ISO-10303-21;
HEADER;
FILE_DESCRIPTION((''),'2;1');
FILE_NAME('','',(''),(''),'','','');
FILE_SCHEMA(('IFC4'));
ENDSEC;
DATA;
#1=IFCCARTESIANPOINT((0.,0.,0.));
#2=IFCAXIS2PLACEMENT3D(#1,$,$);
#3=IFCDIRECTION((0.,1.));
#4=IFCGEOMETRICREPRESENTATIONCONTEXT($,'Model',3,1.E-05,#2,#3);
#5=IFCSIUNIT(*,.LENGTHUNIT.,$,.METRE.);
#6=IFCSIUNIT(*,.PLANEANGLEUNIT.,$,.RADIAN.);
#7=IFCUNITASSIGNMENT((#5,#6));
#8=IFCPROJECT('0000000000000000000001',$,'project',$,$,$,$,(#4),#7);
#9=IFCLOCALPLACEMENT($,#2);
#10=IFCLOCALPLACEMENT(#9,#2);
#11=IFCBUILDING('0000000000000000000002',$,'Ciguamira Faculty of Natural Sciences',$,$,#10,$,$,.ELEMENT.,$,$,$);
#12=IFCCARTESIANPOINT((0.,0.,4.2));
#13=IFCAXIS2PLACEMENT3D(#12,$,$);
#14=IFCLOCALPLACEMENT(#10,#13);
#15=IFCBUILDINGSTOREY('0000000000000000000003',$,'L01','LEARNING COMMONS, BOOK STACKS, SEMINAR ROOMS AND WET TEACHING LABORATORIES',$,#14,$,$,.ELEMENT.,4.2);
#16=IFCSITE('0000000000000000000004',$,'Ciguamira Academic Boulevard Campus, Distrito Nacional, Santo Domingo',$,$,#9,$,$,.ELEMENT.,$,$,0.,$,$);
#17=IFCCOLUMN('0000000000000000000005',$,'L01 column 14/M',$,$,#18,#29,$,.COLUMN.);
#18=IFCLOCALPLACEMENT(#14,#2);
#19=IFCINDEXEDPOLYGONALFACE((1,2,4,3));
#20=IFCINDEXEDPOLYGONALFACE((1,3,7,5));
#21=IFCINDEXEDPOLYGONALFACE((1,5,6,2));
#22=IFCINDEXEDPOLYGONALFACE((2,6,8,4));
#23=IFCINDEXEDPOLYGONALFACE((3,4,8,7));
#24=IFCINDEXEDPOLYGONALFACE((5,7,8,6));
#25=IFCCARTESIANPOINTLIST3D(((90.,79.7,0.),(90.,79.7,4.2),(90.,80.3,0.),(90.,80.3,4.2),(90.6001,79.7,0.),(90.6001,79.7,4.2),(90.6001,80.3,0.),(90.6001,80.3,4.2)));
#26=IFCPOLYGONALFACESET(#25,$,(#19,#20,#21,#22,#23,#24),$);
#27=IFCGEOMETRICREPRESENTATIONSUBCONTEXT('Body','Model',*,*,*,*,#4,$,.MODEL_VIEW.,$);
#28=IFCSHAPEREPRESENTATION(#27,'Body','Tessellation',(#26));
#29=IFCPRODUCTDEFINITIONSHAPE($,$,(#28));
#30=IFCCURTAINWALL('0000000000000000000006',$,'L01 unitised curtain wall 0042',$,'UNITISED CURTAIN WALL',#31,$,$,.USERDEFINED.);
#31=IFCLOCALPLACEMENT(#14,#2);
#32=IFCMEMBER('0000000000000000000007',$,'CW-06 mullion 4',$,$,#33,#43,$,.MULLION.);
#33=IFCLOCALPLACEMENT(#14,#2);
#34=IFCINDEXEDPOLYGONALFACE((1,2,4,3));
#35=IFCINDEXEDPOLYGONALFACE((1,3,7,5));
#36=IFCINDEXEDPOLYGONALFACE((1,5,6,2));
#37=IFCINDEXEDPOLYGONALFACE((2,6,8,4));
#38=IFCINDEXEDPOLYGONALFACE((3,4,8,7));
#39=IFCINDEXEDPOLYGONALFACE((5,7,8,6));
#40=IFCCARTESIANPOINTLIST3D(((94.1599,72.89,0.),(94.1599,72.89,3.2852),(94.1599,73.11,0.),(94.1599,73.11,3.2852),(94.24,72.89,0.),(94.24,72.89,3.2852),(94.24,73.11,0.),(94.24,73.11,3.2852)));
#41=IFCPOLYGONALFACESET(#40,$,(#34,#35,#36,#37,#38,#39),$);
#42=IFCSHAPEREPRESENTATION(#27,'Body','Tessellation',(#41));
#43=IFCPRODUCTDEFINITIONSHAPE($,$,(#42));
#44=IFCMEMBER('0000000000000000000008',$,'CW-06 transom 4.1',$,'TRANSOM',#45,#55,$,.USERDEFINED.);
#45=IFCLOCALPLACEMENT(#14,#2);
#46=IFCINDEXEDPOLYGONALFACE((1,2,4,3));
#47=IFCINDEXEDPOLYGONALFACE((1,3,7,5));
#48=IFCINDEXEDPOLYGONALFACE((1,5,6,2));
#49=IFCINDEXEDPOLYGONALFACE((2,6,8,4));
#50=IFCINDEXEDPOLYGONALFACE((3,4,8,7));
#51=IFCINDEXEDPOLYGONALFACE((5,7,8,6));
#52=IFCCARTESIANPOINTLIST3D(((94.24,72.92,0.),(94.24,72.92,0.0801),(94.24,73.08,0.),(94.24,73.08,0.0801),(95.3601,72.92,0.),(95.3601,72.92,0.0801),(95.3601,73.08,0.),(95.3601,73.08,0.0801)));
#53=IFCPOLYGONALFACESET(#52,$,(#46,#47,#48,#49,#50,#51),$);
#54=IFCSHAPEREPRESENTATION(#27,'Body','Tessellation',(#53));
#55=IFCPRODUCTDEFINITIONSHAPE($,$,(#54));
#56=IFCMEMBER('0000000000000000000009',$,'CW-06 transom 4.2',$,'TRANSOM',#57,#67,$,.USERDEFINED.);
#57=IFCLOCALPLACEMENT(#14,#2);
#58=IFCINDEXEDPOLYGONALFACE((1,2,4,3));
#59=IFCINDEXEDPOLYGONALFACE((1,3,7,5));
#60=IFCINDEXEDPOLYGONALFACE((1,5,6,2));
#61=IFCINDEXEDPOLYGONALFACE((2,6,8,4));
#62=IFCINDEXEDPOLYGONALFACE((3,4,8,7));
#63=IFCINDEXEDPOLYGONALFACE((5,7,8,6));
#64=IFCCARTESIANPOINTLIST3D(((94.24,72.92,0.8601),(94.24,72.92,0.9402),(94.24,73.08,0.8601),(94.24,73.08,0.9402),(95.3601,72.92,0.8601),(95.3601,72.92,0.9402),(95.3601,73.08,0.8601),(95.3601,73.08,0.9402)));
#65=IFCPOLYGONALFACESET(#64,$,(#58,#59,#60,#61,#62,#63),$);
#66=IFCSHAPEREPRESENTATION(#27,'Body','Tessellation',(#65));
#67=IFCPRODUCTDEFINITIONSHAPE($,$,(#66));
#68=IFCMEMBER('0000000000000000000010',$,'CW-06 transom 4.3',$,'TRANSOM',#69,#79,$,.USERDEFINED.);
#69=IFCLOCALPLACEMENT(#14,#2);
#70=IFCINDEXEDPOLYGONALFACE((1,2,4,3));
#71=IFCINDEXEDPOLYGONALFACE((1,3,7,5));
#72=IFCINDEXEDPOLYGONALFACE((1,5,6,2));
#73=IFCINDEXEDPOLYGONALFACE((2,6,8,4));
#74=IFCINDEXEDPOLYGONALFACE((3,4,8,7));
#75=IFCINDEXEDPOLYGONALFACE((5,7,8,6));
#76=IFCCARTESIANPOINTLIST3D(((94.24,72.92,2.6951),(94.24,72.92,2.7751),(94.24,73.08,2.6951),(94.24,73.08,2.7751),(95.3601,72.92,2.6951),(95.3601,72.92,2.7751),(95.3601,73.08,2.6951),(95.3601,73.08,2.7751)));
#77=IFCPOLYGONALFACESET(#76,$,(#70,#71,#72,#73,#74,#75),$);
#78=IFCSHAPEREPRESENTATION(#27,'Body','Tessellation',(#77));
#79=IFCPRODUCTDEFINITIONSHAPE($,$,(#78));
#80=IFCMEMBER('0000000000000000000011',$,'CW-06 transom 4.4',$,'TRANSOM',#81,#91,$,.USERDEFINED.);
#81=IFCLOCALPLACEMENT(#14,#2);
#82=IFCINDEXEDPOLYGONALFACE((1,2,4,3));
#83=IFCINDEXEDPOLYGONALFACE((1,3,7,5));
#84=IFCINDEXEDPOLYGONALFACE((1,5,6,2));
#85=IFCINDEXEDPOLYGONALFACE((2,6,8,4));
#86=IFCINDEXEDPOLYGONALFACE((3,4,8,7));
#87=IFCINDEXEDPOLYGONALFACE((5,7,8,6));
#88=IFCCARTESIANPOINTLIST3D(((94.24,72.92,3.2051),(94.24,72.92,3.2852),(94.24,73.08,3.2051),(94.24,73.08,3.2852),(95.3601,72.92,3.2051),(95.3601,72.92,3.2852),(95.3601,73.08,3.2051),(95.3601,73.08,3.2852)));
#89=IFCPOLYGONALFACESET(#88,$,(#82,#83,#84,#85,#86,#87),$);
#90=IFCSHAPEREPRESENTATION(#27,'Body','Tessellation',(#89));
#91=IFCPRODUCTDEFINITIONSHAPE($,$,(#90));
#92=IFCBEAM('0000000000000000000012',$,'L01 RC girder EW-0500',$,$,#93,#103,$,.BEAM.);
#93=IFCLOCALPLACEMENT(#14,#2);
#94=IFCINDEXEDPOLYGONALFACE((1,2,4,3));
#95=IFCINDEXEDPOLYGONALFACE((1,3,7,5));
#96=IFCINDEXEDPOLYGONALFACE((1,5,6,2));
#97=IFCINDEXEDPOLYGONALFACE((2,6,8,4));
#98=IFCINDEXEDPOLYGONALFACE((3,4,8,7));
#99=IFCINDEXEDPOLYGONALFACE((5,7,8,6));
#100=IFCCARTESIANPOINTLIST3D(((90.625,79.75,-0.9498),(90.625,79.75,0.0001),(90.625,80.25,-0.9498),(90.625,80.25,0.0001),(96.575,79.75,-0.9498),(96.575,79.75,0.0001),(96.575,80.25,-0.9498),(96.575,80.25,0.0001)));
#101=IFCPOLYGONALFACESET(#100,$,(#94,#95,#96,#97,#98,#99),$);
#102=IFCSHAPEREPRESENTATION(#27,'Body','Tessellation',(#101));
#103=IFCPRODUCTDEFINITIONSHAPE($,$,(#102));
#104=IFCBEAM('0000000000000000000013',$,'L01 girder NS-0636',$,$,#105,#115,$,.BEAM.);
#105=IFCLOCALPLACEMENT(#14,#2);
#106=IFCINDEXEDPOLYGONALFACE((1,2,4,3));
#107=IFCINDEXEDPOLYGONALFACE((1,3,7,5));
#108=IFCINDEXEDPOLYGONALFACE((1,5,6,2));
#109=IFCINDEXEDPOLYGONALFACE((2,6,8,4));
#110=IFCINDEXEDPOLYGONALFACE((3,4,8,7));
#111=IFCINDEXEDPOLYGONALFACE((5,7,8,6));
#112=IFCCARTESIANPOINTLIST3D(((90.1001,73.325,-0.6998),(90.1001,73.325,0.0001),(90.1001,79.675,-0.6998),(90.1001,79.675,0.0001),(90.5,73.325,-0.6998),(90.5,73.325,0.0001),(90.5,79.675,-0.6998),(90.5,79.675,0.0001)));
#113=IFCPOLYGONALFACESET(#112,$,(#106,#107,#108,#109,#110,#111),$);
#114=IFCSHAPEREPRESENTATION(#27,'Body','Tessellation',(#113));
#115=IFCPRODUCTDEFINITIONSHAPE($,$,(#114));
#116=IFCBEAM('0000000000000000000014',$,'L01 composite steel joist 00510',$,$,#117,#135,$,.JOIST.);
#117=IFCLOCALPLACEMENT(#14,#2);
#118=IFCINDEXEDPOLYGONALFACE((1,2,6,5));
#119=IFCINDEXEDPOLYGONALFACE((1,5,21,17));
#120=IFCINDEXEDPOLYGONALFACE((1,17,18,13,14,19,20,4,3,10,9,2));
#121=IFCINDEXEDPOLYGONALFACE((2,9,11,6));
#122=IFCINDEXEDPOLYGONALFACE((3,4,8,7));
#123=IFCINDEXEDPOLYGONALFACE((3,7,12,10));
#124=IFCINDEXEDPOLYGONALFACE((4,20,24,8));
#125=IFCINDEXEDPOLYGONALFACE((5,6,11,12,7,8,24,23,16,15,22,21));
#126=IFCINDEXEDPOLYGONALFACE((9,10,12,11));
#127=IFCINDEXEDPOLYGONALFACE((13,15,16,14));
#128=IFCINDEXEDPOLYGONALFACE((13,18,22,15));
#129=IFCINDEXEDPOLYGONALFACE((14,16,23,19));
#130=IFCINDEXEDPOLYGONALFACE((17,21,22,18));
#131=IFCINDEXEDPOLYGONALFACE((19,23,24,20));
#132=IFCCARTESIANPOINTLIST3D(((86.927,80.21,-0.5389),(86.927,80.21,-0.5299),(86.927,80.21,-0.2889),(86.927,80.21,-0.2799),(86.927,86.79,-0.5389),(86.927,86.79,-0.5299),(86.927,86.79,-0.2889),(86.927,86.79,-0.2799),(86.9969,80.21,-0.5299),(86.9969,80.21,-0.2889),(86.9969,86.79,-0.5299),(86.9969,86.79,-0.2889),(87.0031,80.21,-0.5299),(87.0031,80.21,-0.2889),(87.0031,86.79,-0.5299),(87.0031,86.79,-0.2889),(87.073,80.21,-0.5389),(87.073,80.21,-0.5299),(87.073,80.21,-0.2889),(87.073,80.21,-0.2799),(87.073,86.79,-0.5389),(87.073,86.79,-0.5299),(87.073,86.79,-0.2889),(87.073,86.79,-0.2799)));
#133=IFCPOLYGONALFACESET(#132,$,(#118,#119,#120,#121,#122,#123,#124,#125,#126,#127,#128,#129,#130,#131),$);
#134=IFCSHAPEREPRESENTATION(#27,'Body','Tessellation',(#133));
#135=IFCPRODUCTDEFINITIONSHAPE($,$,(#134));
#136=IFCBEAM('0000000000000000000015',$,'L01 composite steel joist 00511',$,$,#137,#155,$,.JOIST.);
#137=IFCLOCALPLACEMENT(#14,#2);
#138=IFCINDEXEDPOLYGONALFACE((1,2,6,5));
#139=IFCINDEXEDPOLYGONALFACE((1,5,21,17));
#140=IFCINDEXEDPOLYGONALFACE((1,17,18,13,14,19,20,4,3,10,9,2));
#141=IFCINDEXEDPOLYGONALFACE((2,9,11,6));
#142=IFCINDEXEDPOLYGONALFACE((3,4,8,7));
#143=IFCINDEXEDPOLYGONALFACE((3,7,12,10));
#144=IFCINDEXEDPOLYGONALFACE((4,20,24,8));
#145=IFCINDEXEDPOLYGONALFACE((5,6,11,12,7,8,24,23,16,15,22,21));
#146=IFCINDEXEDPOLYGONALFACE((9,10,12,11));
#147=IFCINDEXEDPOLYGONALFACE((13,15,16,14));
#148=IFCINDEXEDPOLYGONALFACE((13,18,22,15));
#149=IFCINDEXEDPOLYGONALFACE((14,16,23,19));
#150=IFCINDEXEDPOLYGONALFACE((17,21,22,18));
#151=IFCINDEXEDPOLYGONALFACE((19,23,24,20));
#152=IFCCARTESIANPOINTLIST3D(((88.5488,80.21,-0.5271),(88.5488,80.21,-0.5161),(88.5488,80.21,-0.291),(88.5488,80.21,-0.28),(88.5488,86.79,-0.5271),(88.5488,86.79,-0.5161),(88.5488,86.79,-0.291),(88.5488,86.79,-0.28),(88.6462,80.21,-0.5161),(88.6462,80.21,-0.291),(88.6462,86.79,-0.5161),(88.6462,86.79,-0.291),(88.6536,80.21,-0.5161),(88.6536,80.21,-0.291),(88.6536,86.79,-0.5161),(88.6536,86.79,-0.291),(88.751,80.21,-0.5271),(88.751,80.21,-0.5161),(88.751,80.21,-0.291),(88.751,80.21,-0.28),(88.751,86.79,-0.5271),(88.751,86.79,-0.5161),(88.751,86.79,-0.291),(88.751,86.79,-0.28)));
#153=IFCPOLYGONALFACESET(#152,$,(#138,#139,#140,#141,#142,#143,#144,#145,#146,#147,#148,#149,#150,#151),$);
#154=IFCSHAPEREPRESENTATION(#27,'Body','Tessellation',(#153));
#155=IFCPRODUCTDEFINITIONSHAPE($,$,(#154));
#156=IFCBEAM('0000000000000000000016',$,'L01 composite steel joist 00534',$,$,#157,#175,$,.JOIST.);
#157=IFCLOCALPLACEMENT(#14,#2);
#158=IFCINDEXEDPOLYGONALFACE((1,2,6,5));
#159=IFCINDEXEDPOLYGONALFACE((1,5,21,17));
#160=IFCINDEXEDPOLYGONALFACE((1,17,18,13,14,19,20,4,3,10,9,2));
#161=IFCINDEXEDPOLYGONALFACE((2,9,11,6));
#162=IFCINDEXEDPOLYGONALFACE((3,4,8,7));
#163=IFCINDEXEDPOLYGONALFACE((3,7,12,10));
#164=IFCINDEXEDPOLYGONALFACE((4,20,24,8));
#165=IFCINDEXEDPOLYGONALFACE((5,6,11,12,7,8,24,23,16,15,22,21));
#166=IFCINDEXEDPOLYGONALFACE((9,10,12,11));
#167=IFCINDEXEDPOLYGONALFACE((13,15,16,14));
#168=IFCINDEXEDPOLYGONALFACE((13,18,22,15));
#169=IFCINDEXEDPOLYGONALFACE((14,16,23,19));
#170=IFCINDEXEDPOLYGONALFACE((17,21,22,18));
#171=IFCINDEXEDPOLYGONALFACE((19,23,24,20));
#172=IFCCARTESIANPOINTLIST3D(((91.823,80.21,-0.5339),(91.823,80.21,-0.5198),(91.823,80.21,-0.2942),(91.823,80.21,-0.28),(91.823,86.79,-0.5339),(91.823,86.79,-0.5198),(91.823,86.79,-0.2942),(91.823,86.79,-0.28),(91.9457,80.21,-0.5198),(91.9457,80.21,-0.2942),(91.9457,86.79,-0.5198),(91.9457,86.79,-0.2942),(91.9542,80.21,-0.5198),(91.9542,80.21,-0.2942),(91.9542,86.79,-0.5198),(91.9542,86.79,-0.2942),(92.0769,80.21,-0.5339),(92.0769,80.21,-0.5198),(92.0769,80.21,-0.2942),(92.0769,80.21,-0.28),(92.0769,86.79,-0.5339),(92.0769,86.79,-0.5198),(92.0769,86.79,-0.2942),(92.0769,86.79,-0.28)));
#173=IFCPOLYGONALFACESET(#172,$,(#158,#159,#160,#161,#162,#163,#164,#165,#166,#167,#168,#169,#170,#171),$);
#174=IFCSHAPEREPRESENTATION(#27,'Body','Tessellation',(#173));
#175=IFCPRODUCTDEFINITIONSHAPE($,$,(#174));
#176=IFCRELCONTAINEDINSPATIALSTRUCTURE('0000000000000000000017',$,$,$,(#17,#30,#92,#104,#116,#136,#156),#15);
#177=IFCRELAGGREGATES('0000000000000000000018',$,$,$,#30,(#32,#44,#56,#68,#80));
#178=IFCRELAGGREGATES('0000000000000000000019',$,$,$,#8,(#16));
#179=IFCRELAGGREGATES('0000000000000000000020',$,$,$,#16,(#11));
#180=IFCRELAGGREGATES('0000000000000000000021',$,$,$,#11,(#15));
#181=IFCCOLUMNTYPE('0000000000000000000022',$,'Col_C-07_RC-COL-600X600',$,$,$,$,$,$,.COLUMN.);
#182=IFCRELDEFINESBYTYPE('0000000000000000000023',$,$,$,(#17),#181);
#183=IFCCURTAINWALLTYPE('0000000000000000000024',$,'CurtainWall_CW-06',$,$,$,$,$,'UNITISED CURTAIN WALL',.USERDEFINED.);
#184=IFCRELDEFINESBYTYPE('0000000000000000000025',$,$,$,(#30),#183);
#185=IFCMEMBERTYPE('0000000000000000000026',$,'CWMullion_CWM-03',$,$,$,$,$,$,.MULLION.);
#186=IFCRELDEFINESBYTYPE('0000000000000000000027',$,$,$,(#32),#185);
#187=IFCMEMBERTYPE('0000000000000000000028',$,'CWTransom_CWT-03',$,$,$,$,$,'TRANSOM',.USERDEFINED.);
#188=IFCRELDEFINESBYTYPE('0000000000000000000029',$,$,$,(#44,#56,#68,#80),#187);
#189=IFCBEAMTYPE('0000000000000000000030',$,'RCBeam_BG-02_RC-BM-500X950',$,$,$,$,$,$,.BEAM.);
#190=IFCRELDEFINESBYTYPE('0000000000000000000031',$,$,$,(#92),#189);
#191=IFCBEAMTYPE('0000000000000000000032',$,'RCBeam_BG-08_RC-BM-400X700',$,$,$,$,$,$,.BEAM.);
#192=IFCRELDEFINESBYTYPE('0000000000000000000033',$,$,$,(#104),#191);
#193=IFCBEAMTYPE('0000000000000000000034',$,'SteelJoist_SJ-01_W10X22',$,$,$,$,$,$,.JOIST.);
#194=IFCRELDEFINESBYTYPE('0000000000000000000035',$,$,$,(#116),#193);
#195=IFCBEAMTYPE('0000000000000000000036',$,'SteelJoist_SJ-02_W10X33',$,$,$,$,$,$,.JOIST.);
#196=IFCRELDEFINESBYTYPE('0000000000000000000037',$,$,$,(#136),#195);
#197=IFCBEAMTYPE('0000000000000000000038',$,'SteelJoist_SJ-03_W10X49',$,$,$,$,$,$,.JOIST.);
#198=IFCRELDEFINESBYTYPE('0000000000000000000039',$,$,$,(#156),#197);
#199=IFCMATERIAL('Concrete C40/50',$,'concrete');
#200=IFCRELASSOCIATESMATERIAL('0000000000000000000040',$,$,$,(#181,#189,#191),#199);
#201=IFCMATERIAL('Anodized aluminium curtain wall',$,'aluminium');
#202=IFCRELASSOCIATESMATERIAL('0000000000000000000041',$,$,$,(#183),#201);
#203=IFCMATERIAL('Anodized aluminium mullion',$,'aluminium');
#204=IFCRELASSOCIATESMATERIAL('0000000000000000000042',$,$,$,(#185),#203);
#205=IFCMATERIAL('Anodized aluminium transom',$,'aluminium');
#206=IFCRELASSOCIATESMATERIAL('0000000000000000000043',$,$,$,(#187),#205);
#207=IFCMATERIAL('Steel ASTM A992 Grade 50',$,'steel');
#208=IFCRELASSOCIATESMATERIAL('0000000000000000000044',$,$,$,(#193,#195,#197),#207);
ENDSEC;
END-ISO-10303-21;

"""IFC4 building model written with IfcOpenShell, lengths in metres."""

from ifc_helpers import new_model, si_unit, direction, frame, origin, origin_2d, place, context, subcontext, project, spatial, rectangle, i_section, extrude, material, material_profile, profile_set, type_object, element, aggregate, save


model = new_model("IFC4")

# Units and contexts
model_context = context("Model", 3, precision=1e-05, world=origin(), true_north=direction((0.0, 1.0)))
body_context = subcontext(model_context, "Body", "Model", "MODEL_VIEW")
ifc_project = project(units=[si_unit("LENGTHUNIT", "METRE"), si_unit("PLANEANGLEUNIT", "RADIAN")], contexts=[model_context])

# Site, building, storey
site_placement = place(None, origin())
site = spatial("IfcSite", under=ifc_project, at=site_placement, Name="Ciguamira Academic Boulevard Campus, Distrito Nacional, Santo Domingo", CompositionType="ELEMENT", RefElevation=0.0)
building_placement = place(site_placement, origin())
building = spatial("IfcBuilding", under=site, at=building_placement, Name="Ciguamira Faculty of Natural Sciences", CompositionType="ELEMENT")
storey_placement = place(building_placement, frame((0.0, 0.0, 4.2)))
storey = spatial("IfcBuildingStorey", under=building, at=storey_placement, Name="L01", Description="LEARNING COMMONS, BOOK STACKS, SEMINAR ROOMS AND WET TEACHING LABORATORIES", CompositionType="ELEMENT", Elevation=4.2)

# Column
ifc_material_1 = material(Name="Concrete C40/50", Category="concrete")
ifc_material_profile_1 = material_profile(ifc_material_1, rectangle(XDim=0.6001, YDim=0.6001, at=origin_2d()), Name="RC-COL-600X600")
ifc_profile_set_1 = profile_set([ifc_material_profile_1], Name="Concrete C40/50")
column_type = type_object("IfcColumnType", Name="Col_C-07_RC-COL-600X600", PredefinedType="COLUMN", material=ifc_profile_set_1)
column_placement = place(storey_placement, frame((90.3, 80.0, 0.0), z_axis=(0.0, 0.0, 1.0), x_axis=(1.0, 0.0, 0.0)))
element("IfcColumn", 1, at=column_placement, inside=storey, type_object=column_type, Name="L01 column 14/M", PredefinedType="COLUMN", context=body_context, shape_type="SweptSolid", body=[
    extrude(rectangle(XDim=0.6001, YDim=0.6001, at=origin_2d()), origin(), (0.0, 0.0, 1.0), 4.2),
])

# Curtain wall, members
ifc_material_2 = material(Name="Anodized aluminium curtain wall", Category="aluminium")
curtain_wall_type = type_object("IfcCurtainWallType", Name="CurtainWall_CW-06", ElementType="UNITISED CURTAIN WALL", PredefinedType="USERDEFINED", material=ifc_material_2)
curtain_wall_placement = place(storey_placement, origin())
curtain_wall = element("IfcCurtainWall", 2, at=curtain_wall_placement, inside=storey, type_object=curtain_wall_type, Name="L01 unitised curtain wall 0042", ObjectType="UNITISED CURTAIN WALL", PredefinedType="USERDEFINED")
ifc_material_3 = material(Name="Anodized aluminium mullion", Category="aluminium")
ifc_material_profile_2 = material_profile(ifc_material_3, rectangle(XDim=0.0801, YDim=0.22, at=origin_2d()), Name="ALU-MUL-80X220")
ifc_profile_set_2 = profile_set([ifc_material_profile_2], Name="Anodized aluminium mullion")
member_type_1 = type_object("IfcMemberType", Name="CWMullion_CWM-03", PredefinedType="MULLION", material=ifc_profile_set_2)
member_1_placement = place(storey_placement, frame((94.2, 73.0, 0.0), z_axis=(0.0, 0.0, 1.0), x_axis=(1.0, 0.0, 0.0)))
member_1 = element("IfcMember", 3, at=member_1_placement, type_object=member_type_1, Name="CW-06 mullion 4", PredefinedType="MULLION", context=body_context, shape_type="SweptSolid", body=[
    extrude(rectangle(XDim=0.0801, YDim=0.22, at=origin_2d()), origin(), (0.0, 0.0, 1.0), 3.2852),
])
ifc_material_4 = material(Name="Anodized aluminium transom", Category="aluminium")
ifc_material_profile_3 = material_profile(ifc_material_4, rectangle(XDim=0.0801, YDim=0.1599, at=origin_2d()), Name="ALU-TRN-80X160")
ifc_profile_set_3 = profile_set([ifc_material_profile_3], Name="Anodized aluminium transom")
member_type_2 = type_object("IfcMemberType", Name="CWTransom_CWT-03", ElementType="TRANSOM", PredefinedType="USERDEFINED", material=ifc_profile_set_3)
member_2_placement = place(storey_placement, frame((94.24, 73.0, 0.04), z_axis=(1.0, 0.0, 0.0), x_axis=(0.0, 0.0, 1.0)))
member_2 = element("IfcMember", 4, at=member_2_placement, type_object=member_type_2, Name="CW-06 transom 4.1", ObjectType="TRANSOM", PredefinedType="USERDEFINED", context=body_context, shape_type="SweptSolid", body=[
    extrude(rectangle(XDim=0.0801, YDim=0.1599, at=origin_2d()), origin(), (0.0, 0.0, 1.0), 1.1201),
])
member_3_placement = place(storey_placement, frame((94.24, 73.0, 0.9001), z_axis=(1.0, 0.0, 0.0), x_axis=(0.0, 0.0, 1.0)))
member_3 = element("IfcMember", 5, at=member_3_placement, type_object=member_type_2, Name="CW-06 transom 4.2", ObjectType="TRANSOM", PredefinedType="USERDEFINED", context=body_context, shape_type="SweptSolid", body=[
    extrude(rectangle(XDim=0.0801, YDim=0.1599, at=origin_2d()), origin(), (0.0, 0.0, 1.0), 1.1201),
])
member_4_placement = place(storey_placement, frame((94.24, 73.0, 2.7351), z_axis=(1.0, 0.0, 0.0), x_axis=(0.0, 0.0, 1.0)))
member_4 = element("IfcMember", 6, at=member_4_placement, type_object=member_type_2, Name="CW-06 transom 4.3", ObjectType="TRANSOM", PredefinedType="USERDEFINED", context=body_context, shape_type="SweptSolid", body=[
    extrude(rectangle(XDim=0.0801, YDim=0.1599, at=origin_2d()), origin(), (0.0, 0.0, 1.0), 1.1201),
])
member_5_placement = place(storey_placement, frame((94.24, 73.0, 3.2451), z_axis=(1.0, 0.0, 0.0), x_axis=(0.0, 0.0, 1.0)))
member_5 = element("IfcMember", 7, at=member_5_placement, type_object=member_type_2, Name="CW-06 transom 4.4", ObjectType="TRANSOM", PredefinedType="USERDEFINED", context=body_context, shape_type="SweptSolid", body=[
    extrude(rectangle(XDim=0.0801, YDim=0.1599, at=origin_2d()), origin(), (0.0, 0.0, 1.0), 1.1201),
])
aggregate(curtain_wall, [member_1, member_2, member_3, member_4, member_5])

# Beams
ifc_material_profile_4 = material_profile(ifc_material_1, rectangle(XDim=0.5, YDim=0.95, at=origin_2d()), Name="RC-BM-500X950")
ifc_profile_set_4 = profile_set([ifc_material_profile_4], Name="Concrete C40/50")
beam_type_1 = type_object("IfcBeamType", Name="RCBeam_BG-02_RC-BM-500X950", PredefinedType="BEAM", material=ifc_profile_set_4)
beam_1_placement = place(storey_placement, frame((90.625, 80.0, -0.4749), z_axis=(1.0, 0.0, 0.0), x_axis=(0.0, 1.0, 0.0)))
element("IfcBeam", 8, at=beam_1_placement, inside=storey, type_object=beam_type_1, Name="L01 RC girder EW-0500", PredefinedType="BEAM", context=body_context, shape_type="SweptSolid", body=[
    extrude(rectangle(XDim=0.5, YDim=0.95, at=origin_2d()), origin(), (0.0, 0.0, 1.0), 5.95),
])
ifc_material_profile_5 = material_profile(ifc_material_1, rectangle(XDim=0.3999, YDim=0.7, at=origin_2d()), Name="RC-BM-400X700")
ifc_profile_set_5 = profile_set([ifc_material_profile_5], Name="Concrete C40/50")
beam_type_2 = type_object("IfcBeamType", Name="RCBeam_BG-08_RC-BM-400X700", PredefinedType="BEAM", material=ifc_profile_set_5)
beam_2_placement = place(storey_placement, frame((90.3, 73.325, -0.3499), z_axis=(0.0, 1.0, 0.0), x_axis=(-1.0, 0.0, 0.0)))
element("IfcBeam", 9, at=beam_2_placement, inside=storey, type_object=beam_type_2, Name="L01 girder NS-0636", PredefinedType="BEAM", context=body_context, shape_type="SweptSolid", body=[
    extrude(rectangle(XDim=0.3999, YDim=0.7, at=origin_2d()), origin(), (0.0, 0.0, 1.0), 6.3501),
])
ifc_material_5 = material(Name="Steel ASTM A992 Grade 50", Category="steel")
ifc_material_profile_6 = material_profile(ifc_material_5, i_section(OverallWidth=0.146, OverallDepth=0.259, WebThickness=0.0061, FlangeThickness=0.009, at=origin_2d()), Name="W10X22")
ifc_profile_set_6 = profile_set([ifc_material_profile_6], Name="Steel ASTM A992 Grade 50")
beam_type_3 = type_object("IfcBeamType", Name="SteelJoist_SJ-01_W10X22", PredefinedType="JOIST", material=ifc_profile_set_6)
beam_3_placement = place(storey_placement, frame((87.0, 80.21, -0.4094), z_axis=(0.0, 1.0, 0.0), x_axis=(-1.0, 0.0, 0.0)))
element("IfcBeam", 10, at=beam_3_placement, inside=storey, type_object=beam_type_3, Name="L01 composite steel joist 00510", PredefinedType="JOIST", context=body_context, shape_type="SweptSolid", body=[
    extrude(i_section(OverallWidth=0.146, OverallDepth=0.259, WebThickness=0.0061, FlangeThickness=0.009, at=origin_2d()), origin(), (0.0, 0.0, 1.0), 6.5801),
])
ifc_material_profile_7 = material_profile(ifc_material_5, i_section(OverallWidth=0.2021, OverallDepth=0.2471, WebThickness=0.0073, FlangeThickness=0.011, at=origin_2d()), Name="W10X33")
ifc_profile_set_7 = profile_set([ifc_material_profile_7], Name="Steel ASTM A992 Grade 50")
beam_type_4 = type_object("IfcBeamType", Name="SteelJoist_SJ-02_W10X33", PredefinedType="JOIST", material=ifc_profile_set_7)
beam_4_placement = place(storey_placement, frame((88.6499, 80.21, -0.4036), z_axis=(0.0, 1.0, 0.0), x_axis=(-1.0, 0.0, 0.0)))
element("IfcBeam", 11, at=beam_4_placement, inside=storey, type_object=beam_type_4, Name="L01 composite steel joist 00511", PredefinedType="JOIST", context=body_context, shape_type="SweptSolid", body=[
    extrude(i_section(OverallWidth=0.2021, OverallDepth=0.2471, WebThickness=0.0073, FlangeThickness=0.011, at=origin_2d()), origin(), (0.0, 0.0, 1.0), 6.5801),
])
ifc_material_profile_8 = material_profile(ifc_material_5, i_section(OverallWidth=0.2539, OverallDepth=0.2539, WebThickness=0.0085, FlangeThickness=0.0142, at=origin_2d()), Name="W10X49")
ifc_profile_set_8 = profile_set([ifc_material_profile_8], Name="Steel ASTM A992 Grade 50")
beam_type_5 = type_object("IfcBeamType", Name="SteelJoist_SJ-03_W10X49", PredefinedType="JOIST", material=ifc_profile_set_8)
beam_5_placement = place(storey_placement, frame((91.95, 80.21, -0.407), z_axis=(0.0, 1.0, 0.0), x_axis=(-1.0, 0.0, 0.0)))
element("IfcBeam", 12, at=beam_5_placement, inside=storey, type_object=beam_type_5, Name="L01 composite steel joist 00534", PredefinedType="JOIST", context=body_context, shape_type="SweptSolid", body=[
    extrude(i_section(OverallWidth=0.2539, OverallDepth=0.2539, WebThickness=0.0085, FlangeThickness=0.0142, at=origin_2d()), origin(), (0.0, 0.0, 1.0), 6.5801),
])

save(model, "model.ifc")
